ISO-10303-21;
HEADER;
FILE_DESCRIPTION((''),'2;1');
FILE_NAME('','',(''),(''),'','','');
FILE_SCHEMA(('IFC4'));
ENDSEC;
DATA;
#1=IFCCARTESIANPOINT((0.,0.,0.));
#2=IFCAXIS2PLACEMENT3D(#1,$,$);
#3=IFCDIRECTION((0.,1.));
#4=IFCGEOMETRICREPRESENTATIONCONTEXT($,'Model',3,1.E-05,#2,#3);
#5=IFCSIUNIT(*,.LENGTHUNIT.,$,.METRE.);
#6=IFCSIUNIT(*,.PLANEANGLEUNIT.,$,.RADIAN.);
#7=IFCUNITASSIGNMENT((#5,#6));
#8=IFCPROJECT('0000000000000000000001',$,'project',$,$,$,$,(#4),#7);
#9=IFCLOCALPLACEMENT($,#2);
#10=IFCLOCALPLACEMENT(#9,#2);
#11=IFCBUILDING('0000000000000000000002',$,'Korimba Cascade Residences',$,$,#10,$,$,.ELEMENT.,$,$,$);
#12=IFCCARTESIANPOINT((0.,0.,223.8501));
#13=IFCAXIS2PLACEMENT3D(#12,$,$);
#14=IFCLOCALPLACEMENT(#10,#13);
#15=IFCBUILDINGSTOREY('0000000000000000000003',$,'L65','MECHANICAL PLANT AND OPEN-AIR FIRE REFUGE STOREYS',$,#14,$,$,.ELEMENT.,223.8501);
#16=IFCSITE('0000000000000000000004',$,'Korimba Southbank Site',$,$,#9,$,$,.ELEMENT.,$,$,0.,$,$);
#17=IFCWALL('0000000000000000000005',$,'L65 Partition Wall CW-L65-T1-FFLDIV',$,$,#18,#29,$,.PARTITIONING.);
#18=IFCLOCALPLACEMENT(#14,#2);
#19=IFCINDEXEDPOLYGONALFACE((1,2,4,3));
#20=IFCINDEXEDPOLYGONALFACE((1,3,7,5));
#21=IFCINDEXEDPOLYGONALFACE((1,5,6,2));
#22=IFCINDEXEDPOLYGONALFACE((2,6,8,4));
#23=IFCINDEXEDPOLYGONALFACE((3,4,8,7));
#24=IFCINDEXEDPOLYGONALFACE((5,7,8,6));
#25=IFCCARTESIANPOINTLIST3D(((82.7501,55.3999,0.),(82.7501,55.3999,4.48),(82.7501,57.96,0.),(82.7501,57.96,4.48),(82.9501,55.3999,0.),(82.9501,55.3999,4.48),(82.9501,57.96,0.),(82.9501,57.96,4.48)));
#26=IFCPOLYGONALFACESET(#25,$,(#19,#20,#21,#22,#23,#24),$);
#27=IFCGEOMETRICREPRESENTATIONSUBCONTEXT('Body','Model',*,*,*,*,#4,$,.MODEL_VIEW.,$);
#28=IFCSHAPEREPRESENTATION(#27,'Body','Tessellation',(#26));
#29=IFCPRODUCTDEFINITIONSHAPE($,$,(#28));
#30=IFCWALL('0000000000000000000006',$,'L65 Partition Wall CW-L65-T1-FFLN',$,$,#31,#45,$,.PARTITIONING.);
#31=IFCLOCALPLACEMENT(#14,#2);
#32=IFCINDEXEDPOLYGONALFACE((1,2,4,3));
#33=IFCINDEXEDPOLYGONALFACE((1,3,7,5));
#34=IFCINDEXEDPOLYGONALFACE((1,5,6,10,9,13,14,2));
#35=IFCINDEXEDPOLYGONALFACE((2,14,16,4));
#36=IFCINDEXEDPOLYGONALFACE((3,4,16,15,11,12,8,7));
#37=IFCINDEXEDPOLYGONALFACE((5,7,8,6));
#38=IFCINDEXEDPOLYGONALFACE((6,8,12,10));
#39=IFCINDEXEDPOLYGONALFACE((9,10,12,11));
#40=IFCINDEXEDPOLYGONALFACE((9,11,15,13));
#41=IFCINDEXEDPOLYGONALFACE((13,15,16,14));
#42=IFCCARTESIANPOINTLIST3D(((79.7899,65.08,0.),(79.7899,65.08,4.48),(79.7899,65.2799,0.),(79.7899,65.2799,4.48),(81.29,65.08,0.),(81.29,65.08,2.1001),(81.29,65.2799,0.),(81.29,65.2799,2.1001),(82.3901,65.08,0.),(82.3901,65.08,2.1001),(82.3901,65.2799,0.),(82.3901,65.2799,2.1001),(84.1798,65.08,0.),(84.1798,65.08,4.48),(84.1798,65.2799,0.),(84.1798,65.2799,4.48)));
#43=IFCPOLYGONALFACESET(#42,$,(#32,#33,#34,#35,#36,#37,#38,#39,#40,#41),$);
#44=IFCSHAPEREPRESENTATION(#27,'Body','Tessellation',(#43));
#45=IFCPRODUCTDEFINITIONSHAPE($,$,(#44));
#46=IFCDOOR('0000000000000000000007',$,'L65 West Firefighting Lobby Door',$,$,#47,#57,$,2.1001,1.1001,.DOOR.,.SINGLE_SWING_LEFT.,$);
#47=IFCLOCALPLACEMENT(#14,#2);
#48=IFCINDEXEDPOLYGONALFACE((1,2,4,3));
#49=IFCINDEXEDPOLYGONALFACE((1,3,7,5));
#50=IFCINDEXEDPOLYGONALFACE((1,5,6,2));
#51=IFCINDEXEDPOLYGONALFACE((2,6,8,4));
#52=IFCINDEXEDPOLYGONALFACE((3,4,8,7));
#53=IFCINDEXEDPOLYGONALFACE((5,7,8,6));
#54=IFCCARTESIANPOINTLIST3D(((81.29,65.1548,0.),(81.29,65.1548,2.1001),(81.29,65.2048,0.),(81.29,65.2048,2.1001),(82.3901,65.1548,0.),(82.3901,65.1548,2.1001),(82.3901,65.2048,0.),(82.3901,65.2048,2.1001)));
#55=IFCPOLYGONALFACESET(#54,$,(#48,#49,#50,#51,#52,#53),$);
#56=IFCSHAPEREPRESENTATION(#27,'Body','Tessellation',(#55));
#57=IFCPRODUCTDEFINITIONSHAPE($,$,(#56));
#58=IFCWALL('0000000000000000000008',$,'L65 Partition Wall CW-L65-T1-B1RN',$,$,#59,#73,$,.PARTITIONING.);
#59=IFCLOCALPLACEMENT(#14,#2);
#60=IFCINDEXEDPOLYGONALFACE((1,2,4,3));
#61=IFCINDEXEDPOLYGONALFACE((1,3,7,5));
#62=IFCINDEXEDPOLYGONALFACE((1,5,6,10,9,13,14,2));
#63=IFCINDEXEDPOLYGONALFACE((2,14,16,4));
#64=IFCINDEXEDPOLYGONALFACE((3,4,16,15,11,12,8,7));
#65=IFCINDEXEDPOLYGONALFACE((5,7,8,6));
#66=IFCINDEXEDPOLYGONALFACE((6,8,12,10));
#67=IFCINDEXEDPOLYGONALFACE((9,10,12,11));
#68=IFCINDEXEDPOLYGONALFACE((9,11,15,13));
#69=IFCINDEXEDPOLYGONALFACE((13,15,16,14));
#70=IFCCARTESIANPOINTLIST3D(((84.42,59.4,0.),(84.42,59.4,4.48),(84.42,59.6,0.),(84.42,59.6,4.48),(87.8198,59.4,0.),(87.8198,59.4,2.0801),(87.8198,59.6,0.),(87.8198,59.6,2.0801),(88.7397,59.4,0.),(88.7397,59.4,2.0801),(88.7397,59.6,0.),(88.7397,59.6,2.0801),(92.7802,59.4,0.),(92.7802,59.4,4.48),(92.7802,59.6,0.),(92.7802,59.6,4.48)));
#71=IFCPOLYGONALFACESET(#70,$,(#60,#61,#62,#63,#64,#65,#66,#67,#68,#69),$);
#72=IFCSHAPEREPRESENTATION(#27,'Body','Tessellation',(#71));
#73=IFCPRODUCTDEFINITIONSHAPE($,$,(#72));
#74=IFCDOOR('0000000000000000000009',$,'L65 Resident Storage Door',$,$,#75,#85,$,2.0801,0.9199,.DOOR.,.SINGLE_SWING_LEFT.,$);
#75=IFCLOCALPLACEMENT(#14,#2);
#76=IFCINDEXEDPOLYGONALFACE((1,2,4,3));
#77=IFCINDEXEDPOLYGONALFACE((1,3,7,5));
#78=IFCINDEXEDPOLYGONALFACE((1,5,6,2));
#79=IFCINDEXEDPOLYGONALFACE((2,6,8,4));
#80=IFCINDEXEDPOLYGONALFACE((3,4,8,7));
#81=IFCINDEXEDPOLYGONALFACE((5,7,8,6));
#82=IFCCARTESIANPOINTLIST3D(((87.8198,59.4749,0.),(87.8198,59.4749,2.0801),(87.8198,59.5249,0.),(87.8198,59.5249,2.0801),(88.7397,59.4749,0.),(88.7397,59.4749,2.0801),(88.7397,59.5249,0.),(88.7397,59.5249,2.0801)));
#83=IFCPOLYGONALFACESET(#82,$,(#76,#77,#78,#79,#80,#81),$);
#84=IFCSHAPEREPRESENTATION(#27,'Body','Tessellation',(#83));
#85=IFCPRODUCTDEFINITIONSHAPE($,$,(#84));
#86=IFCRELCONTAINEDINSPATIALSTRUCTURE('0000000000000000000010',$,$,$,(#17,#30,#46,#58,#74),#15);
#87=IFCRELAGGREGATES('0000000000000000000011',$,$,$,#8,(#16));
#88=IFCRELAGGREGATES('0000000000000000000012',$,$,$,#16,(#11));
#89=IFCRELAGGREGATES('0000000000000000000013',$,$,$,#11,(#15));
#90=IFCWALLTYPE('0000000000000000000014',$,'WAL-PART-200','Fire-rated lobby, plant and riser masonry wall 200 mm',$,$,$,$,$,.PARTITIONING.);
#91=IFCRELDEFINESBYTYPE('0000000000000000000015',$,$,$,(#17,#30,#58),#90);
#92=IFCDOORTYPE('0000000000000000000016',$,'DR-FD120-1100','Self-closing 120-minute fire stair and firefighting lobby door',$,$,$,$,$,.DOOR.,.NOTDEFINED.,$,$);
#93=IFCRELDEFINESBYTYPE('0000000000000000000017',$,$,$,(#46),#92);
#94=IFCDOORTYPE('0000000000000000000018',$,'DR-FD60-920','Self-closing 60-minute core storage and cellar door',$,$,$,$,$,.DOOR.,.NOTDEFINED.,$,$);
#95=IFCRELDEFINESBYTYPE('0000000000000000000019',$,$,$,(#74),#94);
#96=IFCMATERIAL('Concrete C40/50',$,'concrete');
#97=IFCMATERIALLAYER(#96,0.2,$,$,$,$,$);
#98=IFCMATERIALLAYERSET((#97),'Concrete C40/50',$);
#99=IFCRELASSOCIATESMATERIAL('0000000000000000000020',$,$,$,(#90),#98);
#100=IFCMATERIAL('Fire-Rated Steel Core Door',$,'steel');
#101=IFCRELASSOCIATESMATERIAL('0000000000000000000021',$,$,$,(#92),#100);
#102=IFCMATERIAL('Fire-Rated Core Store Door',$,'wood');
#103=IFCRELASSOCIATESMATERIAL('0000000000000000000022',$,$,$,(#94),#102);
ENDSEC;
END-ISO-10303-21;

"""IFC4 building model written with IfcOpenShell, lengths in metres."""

from ifc_helpers import new_model, si_unit, direction, frame, frame_2d, origin, place, context, subcontext, project, spatial, rectangle, extrude, material, layer, layer_set, type_object, element, fill, save


model = new_model("IFC4")

# Units and contexts
model_context = context("Model", 3, precision=1e-05, world=origin(), true_north=direction((0.0, 1.0)))
body_context = subcontext(model_context, "Body", "Model", "MODEL_VIEW")
ifc_project = project(units=[si_unit("LENGTHUNIT", "METRE"), si_unit("PLANEANGLEUNIT", "RADIAN")], contexts=[model_context])

# Site, building, storey
site_placement = place(None, origin())
site = spatial("IfcSite", under=ifc_project, at=site_placement, Name="Korimba Southbank Site", CompositionType="ELEMENT", RefElevation=0.0)
building_placement = place(site_placement, origin())
building = spatial("IfcBuilding", under=site, at=building_placement, Name="Korimba Cascade Residences", CompositionType="ELEMENT")
storey_placement = place(building_placement, frame((0.0, 0.0, 223.8501)))
storey = spatial("IfcBuildingStorey", under=building, at=storey_placement, Name="L65", Description="MECHANICAL PLANT AND OPEN-AIR FIRE REFUGE STOREYS", CompositionType="ELEMENT", Elevation=223.8501)

# Wall
ifc_material_1 = material(Name="Concrete C40/50", Category="concrete")
ifc_layer_1 = layer(ifc_material_1, 0.2)
ifc_layer_set_1 = layer_set([ifc_layer_1], Name="Concrete C40/50")
wall_type_1 = type_object("IfcWallType", Name="WAL-PART-200", Description="Fire-rated lobby, plant and riser masonry wall 200 mm", PredefinedType="PARTITIONING", material=ifc_layer_set_1)
wall_1_placement = place(storey_placement, frame((82.8501, 55.3999, 0.0), z_axis=(0.0, 0.0, 1.0), x_axis=(0.0, 1.0, 0.0)))
element("IfcWall", 1, at=wall_1_placement, inside=storey, type_object=wall_type_1, Name="L65 Partition Wall CW-L65-T1-FFLDIV", PredefinedType="PARTITIONING", context=body_context, shape_type="SweptSolid", body=[
    extrude(rectangle(XDim=2.5601, YDim=0.2, at=frame_2d((1.28, 0.0))), origin(), (0.0, 0.0, 1.0), 4.48),
])

# Walls, openings, doors
wall_2_placement = place(storey_placement, frame((79.79, 65.1799, 0.0), z_axis=(0.0, 0.0, 1.0), x_axis=(1.0, 0.0, 0.0)))
wall_2 = element("IfcWall", 2, at=wall_2_placement, inside=storey, type_object=wall_type_1, Name="L65 Partition Wall CW-L65-T1-FFLN", PredefinedType="PARTITIONING", context=body_context, shape_type="SweptSolid", body=[
    extrude(rectangle(XDim=4.3899, YDim=0.2, at=frame_2d((2.1948, 0.0))), origin(), (0.0, 0.0, 1.0), 4.48),
])
opening_1_placement = place(wall_2_placement, frame((1.5, 0.0, 0.0)))
opening_1 = element("IfcOpeningElement", 3, at=opening_1_placement, cuts=wall_2, PredefinedType="OPENING", context=body_context, shape_type="SweptSolid", body=[
    extrude(rectangle(XDim=1.1001, YDim=2.1001, at=frame_2d((0.55, 1.05))), frame((0.0, 0.1099, 0.0), z_axis=(0.0, -1.0, 0.0), x_axis=(1.0, 0.0, 0.0)), (0.0, 0.0, 1.0), 0.22),
])
ifc_material_2 = material(Name="Fire-Rated Steel Core Door", Category="steel")
door_type_1 = type_object("IfcDoorType", Name="DR-FD120-1100", Description="Self-closing 120-minute fire stair and firefighting lobby door", OperationType="NOTDEFINED", PredefinedType="DOOR", material=ifc_material_2)
door_1_placement = place(opening_1_placement, origin())
door_1 = element("IfcDoor", 4, at=door_1_placement, inside=storey, type_object=door_type_1, Name="L65 West Firefighting Lobby Door", OperationType="SINGLE_SWING_LEFT", OverallHeight=2.1001, OverallWidth=1.1001, PredefinedType="DOOR", context=body_context, shape_type="SweptSolid", body=[
    extrude(rectangle(XDim=1.1001, YDim=2.1001, at=frame_2d((0.55, 1.05))), frame((0.0, 0.0249, 0.0), z_axis=(0.0, -1.0, 0.0), x_axis=(1.0, 0.0, 0.0)), (0.0, 0.0, 1.0), 0.05),
])
fill(opening_1, door_1)
wall_3_placement = place(storey_placement, frame((84.4199, 59.5, 0.0), z_axis=(0.0, 0.0, 1.0), x_axis=(1.0, 0.0, 0.0)))
wall_3 = element("IfcWall", 5, at=wall_3_placement, inside=storey, type_object=wall_type_1, Name="L65 Partition Wall CW-L65-T1-B1RN", PredefinedType="PARTITIONING", context=body_context, shape_type="SweptSolid", body=[
    extrude(rectangle(XDim=8.3601, YDim=0.2, at=frame_2d((4.1802, 0.0))), origin(), (0.0, 0.0, 1.0), 4.48),
])
opening_2_placement = place(wall_3_placement, frame((3.3999, 0.0, 0.0)))
opening_2 = element("IfcOpeningElement", 6, at=opening_2_placement, cuts=wall_3, PredefinedType="OPENING", context=body_context, shape_type="SweptSolid", body=[
    extrude(rectangle(XDim=0.9199, YDim=2.0801, at=frame_2d((0.46, 1.04))), frame((0.0, 0.1099, 0.0), z_axis=(0.0, -1.0, 0.0), x_axis=(1.0, 0.0, 0.0)), (0.0, 0.0, 1.0), 0.22),
])
ifc_material_3 = material(Name="Fire-Rated Core Store Door", Category="wood")
door_type_2 = type_object("IfcDoorType", Name="DR-FD60-920", Description="Self-closing 60-minute core storage and cellar door", OperationType="NOTDEFINED", PredefinedType="DOOR", material=ifc_material_3)
door_2_placement = place(opening_2_placement, origin())
door_2 = element("IfcDoor", 7, at=door_2_placement, inside=storey, type_object=door_type_2, Name="L65 Resident Storage Door", OperationType="SINGLE_SWING_LEFT", OverallHeight=2.0801, OverallWidth=0.9199, PredefinedType="DOOR", context=body_context, shape_type="SweptSolid", body=[
    extrude(rectangle(XDim=0.9199, YDim=2.0801, at=frame_2d((0.46, 1.04))), frame((0.0, 0.0249, 0.0), z_axis=(0.0, -1.0, 0.0), x_axis=(1.0, 0.0, 0.0)), (0.0, 0.0, 1.0), 0.05),
])
fill(opening_2, door_2)

save(model, "model.ifc")
